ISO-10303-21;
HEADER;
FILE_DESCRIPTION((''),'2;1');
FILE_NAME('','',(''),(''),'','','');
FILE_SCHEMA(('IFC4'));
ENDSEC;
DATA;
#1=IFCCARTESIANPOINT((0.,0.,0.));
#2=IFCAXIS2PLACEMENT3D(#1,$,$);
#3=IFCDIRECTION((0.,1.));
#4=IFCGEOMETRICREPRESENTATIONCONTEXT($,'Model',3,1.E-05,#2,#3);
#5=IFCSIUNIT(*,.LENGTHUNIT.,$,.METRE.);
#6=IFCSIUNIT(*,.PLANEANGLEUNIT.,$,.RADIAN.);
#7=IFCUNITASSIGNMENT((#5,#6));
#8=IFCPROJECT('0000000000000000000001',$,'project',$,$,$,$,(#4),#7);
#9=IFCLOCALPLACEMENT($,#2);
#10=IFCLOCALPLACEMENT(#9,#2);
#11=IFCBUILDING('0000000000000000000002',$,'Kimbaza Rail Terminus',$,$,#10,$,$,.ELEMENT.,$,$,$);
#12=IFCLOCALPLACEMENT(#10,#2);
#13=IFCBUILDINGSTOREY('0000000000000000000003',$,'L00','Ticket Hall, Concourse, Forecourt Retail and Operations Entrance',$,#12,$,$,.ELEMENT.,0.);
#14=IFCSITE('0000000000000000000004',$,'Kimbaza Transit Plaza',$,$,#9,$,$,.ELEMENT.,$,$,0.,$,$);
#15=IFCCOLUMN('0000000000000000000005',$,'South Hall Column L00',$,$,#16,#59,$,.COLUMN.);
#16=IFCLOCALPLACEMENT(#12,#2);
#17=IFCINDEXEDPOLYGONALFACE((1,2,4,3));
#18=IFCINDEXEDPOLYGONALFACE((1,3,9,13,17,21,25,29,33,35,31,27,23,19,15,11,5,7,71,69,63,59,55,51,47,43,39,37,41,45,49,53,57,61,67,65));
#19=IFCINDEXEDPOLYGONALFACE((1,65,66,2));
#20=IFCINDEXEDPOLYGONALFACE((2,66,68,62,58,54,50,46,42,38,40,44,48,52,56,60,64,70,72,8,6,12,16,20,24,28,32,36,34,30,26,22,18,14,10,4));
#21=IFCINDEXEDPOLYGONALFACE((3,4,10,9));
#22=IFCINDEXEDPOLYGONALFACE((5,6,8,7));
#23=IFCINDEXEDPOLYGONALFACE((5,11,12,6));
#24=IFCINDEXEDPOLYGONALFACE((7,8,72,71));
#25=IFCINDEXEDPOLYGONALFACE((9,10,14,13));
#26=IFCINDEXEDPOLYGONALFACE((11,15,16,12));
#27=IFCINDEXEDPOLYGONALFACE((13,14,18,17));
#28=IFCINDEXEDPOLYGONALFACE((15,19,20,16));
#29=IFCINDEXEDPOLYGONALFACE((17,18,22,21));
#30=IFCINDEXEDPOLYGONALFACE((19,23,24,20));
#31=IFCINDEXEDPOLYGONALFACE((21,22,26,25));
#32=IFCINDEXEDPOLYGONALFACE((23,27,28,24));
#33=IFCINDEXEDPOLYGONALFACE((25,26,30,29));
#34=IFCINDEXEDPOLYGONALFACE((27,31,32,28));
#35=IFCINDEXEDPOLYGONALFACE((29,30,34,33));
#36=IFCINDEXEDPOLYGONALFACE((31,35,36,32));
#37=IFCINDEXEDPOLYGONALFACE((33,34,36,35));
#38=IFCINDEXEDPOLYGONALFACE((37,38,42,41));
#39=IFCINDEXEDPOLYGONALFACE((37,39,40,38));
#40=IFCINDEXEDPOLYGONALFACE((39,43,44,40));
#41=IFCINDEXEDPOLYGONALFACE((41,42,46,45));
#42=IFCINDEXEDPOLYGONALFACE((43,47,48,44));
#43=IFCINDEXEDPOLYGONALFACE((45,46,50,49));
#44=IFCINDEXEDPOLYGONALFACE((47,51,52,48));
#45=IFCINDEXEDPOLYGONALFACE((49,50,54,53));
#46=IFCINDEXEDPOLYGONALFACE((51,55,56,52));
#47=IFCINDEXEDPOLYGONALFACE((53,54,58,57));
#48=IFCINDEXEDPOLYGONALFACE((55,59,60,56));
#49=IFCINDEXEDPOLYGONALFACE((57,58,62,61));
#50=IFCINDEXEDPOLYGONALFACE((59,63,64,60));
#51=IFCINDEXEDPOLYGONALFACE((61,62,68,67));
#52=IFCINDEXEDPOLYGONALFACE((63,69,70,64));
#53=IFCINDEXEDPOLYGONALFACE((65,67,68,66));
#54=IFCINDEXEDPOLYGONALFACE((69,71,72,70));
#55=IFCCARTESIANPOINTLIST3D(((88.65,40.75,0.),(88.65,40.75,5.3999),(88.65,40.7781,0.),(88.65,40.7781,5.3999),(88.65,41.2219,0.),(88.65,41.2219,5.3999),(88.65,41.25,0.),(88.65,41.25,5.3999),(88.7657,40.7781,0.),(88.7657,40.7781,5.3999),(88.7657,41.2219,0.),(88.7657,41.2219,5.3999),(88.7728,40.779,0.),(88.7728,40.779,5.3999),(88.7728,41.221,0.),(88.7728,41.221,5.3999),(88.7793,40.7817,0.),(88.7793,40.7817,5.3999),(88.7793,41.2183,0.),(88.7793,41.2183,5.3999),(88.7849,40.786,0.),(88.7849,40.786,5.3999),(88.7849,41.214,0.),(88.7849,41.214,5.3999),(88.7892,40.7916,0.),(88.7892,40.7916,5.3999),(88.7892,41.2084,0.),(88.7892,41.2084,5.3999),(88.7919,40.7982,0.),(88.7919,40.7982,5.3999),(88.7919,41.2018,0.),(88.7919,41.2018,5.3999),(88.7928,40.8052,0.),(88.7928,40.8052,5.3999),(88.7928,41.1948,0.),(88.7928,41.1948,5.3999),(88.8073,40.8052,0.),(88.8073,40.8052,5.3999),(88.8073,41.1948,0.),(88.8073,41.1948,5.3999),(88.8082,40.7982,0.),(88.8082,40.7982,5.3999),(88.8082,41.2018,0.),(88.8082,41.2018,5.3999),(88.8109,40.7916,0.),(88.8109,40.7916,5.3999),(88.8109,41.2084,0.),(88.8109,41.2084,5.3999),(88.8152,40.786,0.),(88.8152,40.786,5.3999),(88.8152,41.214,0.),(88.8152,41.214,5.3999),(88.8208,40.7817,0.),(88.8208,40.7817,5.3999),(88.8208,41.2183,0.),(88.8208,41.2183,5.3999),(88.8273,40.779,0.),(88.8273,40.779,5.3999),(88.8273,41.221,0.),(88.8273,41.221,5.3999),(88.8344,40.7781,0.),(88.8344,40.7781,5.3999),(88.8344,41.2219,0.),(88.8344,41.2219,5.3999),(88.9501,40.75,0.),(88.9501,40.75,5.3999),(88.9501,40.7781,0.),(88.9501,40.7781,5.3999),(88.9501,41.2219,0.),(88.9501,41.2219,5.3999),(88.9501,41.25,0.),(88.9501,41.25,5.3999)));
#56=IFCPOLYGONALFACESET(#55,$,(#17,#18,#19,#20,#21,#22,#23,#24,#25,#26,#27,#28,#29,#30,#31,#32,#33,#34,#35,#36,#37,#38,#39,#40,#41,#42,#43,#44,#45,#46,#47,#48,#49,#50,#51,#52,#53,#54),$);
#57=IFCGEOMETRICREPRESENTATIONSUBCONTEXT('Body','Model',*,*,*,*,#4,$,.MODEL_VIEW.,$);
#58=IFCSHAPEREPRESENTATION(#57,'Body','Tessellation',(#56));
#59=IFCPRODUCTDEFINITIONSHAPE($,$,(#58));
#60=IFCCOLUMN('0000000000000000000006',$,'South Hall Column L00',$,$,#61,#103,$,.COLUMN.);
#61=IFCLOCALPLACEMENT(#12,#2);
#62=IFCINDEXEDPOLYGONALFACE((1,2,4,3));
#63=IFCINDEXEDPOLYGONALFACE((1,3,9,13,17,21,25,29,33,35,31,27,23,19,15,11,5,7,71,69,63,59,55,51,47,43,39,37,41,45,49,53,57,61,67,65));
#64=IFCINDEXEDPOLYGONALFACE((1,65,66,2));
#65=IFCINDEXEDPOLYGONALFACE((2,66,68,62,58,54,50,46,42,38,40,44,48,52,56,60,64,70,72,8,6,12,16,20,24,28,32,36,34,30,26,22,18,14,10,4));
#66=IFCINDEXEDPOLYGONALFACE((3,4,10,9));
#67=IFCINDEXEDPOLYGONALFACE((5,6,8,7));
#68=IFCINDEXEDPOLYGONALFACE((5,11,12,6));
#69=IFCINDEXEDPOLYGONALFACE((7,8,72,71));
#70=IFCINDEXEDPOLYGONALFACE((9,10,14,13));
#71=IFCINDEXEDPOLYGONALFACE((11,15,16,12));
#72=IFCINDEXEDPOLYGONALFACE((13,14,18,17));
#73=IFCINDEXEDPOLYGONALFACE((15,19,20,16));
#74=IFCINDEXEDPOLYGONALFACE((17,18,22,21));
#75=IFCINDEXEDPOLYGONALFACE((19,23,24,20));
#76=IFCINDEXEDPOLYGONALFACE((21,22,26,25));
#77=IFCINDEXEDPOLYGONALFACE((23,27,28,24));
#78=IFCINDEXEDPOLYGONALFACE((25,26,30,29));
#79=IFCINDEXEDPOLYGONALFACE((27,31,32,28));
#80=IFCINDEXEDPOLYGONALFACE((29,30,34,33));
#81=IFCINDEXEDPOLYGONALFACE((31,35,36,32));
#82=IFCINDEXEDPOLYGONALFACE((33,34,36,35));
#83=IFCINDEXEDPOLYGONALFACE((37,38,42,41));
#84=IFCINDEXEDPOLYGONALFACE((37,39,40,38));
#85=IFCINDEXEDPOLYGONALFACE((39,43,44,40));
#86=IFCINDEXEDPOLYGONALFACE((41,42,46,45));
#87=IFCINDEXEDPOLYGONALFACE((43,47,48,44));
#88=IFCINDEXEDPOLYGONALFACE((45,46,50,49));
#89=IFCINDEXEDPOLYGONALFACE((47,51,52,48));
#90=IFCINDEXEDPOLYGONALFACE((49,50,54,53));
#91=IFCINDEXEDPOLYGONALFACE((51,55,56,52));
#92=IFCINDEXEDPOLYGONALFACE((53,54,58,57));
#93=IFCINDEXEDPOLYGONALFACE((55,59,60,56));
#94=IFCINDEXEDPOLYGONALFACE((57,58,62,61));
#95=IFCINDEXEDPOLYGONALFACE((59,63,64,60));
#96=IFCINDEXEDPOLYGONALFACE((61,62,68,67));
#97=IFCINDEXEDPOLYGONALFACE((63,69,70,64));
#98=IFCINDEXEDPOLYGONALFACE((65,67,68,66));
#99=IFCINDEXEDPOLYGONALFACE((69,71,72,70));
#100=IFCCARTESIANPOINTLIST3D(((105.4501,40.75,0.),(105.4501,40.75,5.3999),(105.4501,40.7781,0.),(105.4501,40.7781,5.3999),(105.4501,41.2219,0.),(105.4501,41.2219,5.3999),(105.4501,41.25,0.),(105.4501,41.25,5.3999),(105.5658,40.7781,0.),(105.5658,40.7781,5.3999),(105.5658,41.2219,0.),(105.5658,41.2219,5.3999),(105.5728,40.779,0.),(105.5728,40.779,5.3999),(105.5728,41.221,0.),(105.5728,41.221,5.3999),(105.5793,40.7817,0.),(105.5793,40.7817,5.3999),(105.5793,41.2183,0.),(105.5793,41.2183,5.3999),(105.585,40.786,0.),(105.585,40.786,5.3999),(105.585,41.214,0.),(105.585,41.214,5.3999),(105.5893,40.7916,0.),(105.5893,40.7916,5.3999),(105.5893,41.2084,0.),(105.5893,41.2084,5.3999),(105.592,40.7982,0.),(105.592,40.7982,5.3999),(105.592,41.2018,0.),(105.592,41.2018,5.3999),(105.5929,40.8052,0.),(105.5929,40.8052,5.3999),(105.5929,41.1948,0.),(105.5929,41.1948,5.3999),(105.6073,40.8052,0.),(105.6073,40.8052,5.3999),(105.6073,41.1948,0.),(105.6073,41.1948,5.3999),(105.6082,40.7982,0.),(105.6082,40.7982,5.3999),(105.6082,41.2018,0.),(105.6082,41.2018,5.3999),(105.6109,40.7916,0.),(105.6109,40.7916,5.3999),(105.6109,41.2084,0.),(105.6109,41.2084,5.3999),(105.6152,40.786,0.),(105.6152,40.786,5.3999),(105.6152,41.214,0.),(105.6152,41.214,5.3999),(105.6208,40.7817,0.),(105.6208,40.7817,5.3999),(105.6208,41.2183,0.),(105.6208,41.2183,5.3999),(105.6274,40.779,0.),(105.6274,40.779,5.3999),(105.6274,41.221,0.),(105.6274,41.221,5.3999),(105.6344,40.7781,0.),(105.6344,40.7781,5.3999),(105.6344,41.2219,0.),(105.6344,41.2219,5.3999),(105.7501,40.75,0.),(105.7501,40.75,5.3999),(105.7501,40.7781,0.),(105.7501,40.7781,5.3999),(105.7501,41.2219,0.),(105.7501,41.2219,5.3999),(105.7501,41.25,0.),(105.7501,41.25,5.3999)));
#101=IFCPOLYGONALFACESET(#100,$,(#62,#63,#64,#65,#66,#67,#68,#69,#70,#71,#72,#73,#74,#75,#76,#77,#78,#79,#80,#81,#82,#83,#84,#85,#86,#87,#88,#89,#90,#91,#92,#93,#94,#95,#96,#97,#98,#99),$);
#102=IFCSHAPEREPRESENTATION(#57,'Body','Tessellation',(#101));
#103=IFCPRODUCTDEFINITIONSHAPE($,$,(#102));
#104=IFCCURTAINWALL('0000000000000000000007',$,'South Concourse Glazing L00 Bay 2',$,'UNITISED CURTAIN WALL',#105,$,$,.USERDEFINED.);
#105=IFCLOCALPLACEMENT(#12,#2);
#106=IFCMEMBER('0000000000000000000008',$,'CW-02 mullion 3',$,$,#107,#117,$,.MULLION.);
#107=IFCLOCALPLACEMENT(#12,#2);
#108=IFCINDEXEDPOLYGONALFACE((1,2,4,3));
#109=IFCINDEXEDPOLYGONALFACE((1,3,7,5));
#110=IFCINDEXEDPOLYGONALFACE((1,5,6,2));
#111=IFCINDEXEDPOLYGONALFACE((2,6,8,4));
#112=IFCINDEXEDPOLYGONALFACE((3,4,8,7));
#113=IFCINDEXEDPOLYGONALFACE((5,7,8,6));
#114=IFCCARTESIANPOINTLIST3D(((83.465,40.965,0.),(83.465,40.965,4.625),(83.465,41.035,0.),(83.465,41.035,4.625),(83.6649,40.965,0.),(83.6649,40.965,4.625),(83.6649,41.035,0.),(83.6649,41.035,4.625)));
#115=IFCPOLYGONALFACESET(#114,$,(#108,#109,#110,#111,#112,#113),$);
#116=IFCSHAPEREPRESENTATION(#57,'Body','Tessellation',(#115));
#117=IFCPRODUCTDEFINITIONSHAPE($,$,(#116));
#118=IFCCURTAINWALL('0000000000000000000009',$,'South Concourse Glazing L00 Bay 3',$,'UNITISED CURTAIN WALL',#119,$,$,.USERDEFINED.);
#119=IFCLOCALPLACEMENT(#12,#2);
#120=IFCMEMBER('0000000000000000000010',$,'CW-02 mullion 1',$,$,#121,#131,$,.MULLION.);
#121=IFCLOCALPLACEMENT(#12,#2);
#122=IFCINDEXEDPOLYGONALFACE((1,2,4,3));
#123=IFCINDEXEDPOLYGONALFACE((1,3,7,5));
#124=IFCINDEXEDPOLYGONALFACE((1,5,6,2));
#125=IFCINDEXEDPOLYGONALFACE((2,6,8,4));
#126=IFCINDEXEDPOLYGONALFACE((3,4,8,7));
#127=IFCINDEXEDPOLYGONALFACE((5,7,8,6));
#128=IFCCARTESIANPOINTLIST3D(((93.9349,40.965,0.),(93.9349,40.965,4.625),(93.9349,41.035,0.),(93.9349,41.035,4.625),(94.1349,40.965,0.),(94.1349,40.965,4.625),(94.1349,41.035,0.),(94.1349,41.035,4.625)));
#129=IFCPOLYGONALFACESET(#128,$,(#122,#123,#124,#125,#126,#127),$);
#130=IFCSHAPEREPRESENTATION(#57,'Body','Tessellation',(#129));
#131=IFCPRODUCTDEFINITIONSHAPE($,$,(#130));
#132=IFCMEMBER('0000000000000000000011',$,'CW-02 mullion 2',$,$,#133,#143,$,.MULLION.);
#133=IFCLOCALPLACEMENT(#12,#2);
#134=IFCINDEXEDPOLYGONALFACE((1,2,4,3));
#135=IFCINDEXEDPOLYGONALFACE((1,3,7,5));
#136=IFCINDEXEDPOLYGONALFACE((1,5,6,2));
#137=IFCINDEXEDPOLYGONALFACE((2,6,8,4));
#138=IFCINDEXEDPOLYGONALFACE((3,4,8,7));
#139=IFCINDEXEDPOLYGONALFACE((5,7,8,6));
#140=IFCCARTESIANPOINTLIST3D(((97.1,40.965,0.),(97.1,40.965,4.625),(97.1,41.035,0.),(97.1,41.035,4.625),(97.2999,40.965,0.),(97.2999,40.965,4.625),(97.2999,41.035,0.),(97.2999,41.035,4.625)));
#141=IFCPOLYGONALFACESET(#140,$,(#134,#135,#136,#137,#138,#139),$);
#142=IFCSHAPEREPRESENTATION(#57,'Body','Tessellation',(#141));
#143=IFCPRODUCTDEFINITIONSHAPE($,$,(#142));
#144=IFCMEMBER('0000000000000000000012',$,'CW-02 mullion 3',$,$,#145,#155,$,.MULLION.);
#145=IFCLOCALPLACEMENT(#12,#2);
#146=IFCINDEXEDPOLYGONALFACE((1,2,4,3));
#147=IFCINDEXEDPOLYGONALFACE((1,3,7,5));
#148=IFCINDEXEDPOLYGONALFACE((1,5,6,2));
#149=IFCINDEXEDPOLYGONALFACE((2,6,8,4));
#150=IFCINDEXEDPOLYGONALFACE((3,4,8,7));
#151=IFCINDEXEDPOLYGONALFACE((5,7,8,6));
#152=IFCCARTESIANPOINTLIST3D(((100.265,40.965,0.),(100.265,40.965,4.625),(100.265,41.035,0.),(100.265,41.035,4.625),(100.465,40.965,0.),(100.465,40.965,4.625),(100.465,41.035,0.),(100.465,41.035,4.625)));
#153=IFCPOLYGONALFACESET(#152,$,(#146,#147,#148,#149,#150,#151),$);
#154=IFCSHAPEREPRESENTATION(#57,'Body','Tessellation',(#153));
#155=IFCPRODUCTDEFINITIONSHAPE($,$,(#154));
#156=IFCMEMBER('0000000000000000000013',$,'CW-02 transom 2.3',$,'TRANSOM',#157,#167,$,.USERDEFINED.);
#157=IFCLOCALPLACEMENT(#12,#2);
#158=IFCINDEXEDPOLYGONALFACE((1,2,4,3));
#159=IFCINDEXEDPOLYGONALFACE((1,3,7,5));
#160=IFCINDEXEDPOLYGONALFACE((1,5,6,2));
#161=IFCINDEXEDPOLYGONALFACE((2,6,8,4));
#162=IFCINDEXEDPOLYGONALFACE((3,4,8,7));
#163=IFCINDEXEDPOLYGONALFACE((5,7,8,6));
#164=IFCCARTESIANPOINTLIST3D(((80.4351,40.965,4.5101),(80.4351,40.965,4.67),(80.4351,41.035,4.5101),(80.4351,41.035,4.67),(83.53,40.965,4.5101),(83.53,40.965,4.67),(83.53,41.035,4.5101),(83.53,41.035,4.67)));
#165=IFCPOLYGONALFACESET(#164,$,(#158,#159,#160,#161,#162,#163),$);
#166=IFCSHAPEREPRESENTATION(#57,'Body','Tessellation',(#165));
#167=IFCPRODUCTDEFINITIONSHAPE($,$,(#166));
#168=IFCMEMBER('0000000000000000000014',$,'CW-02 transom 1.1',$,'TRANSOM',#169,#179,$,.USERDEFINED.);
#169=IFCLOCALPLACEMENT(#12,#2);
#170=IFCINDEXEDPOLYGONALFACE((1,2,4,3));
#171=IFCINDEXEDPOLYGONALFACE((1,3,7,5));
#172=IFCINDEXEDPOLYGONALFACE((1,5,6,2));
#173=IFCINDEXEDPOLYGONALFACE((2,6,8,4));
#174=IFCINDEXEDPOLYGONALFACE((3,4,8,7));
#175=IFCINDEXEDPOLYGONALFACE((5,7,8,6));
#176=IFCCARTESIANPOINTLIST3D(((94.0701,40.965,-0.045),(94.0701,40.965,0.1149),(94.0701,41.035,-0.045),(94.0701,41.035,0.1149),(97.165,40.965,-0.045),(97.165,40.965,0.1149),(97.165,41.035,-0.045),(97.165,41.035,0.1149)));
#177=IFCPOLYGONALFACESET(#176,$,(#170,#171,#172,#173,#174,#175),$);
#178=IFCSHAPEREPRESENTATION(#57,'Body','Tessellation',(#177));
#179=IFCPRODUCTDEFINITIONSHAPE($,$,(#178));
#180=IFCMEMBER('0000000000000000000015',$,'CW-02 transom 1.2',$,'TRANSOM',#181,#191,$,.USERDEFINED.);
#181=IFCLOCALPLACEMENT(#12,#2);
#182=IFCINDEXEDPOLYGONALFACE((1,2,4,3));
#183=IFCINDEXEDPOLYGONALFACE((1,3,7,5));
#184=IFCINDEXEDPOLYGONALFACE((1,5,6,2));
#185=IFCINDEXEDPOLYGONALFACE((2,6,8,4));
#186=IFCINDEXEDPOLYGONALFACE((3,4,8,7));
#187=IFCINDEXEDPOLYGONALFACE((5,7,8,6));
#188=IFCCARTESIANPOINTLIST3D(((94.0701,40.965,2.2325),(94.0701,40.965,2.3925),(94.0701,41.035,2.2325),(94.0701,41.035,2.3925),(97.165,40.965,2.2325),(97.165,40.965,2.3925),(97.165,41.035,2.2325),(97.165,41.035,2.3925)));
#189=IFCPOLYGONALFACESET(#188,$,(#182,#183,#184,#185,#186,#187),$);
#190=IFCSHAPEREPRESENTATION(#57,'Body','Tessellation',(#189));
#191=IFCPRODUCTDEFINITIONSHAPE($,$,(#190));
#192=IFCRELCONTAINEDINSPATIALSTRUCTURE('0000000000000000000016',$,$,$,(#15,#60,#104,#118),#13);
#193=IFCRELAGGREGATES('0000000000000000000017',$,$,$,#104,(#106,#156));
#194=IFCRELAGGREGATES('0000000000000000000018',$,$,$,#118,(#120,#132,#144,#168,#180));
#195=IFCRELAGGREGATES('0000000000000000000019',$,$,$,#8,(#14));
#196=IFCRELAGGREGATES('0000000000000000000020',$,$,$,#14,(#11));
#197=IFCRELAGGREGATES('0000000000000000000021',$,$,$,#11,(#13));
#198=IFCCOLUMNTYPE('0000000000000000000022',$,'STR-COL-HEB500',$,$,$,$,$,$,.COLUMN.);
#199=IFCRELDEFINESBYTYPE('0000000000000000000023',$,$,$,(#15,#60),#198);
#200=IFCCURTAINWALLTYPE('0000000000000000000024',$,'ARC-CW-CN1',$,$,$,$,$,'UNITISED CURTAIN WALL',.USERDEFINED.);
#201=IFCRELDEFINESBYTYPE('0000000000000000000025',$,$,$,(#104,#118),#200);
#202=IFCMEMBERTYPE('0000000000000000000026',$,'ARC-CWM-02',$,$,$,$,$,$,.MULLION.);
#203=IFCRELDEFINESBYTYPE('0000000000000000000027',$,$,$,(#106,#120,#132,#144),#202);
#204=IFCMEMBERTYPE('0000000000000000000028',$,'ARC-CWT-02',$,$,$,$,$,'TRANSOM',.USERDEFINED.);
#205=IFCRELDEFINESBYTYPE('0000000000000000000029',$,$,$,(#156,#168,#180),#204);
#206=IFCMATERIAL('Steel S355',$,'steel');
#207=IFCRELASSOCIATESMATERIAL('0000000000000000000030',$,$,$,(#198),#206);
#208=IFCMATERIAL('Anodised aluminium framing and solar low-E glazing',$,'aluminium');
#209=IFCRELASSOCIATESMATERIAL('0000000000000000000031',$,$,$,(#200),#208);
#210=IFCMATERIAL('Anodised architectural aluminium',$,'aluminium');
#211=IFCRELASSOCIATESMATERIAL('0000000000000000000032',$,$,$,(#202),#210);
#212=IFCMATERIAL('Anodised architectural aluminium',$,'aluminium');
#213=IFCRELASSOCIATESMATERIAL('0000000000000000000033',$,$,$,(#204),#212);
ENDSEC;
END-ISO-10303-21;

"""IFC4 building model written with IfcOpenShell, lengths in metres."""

from ifc_helpers import new_model, si_unit, direction, frame, origin, origin_2d, place, context, subcontext, project, spatial, rectangle, i_section, extrude, material, material_profile, profile_set, type_object, element, aggregate, save


model = new_model("IFC4")

# Units and contexts
model_context = context("Model", 3, precision=1e-05, world=origin(), true_north=direction((0.0, 1.0)))
body_context = subcontext(model_context, "Body", "Model", "MODEL_VIEW")
ifc_project = project(units=[si_unit("LENGTHUNIT", "METRE"), si_unit("PLANEANGLEUNIT", "RADIAN")], contexts=[model_context])

# Site, building, storey
site_placement = place(None, origin())
site = spatial("IfcSite", under=ifc_project, at=site_placement, Name="Kimbaza Transit Plaza", CompositionType="ELEMENT", RefElevation=0.0)
building_placement = place(site_placement, origin())
building = spatial("IfcBuilding", under=site, at=building_placement, Name="Kimbaza Rail Terminus", CompositionType="ELEMENT")
storey_placement = place(building_placement, origin())
storey = spatial("IfcBuildingStorey", under=building, at=storey_placement, Name="L00", Description="Ticket Hall, Concourse, Forecourt Retail and Operations Entrance", CompositionType="ELEMENT", Elevation=0.0)

# Columns
ifc_material_1 = material(Name="Steel S355", Category="steel")
ifc_material_profile_1 = material_profile(ifc_material_1, i_section(OverallWidth=0.3, OverallDepth=0.5, WebThickness=0.0144, FlangeThickness=0.0281, FilletRadius=0.0271, at=origin_2d()), Name="HEB 500")
ifc_profile_set_1 = profile_set([ifc_material_profile_1], Name="Steel S355")
column_type = type_object("IfcColumnType", Name="STR-COL-HEB500", PredefinedType="COLUMN", material=ifc_profile_set_1)
for number, where, z_axis, x_axis, name in (
    (1, (88.8, 41.0, 0.0), (0.0, 0.0, 1.0), (1.0, 0.0, 0.0), "South Hall Column L00"),
    (2, (105.6001, 41.0, 0.0), (0.0, 0.0, 1.0), (1.0, 0.0, 0.0), "South Hall Column L00"),
):
    element("IfcColumn", number, at=place(storey_placement, frame(where, z_axis=z_axis, x_axis=x_axis)), inside=storey, type_object=column_type, Name=name, PredefinedType="COLUMN", context=body_context, shape_type="SweptSolid", body=[
        extrude(i_section(OverallWidth=0.3, OverallDepth=0.5, WebThickness=0.0144, FlangeThickness=0.0281, FilletRadius=0.0271, at=origin_2d()), origin(), (0.0, 0.0, 1.0), 5.3999),
    ])

# Curtain wall, member
ifc_material_2 = material(Name="Anodised aluminium framing and solar low-E glazing", Category="aluminium")
curtain_wall_type = type_object("IfcCurtainWallType", Name="ARC-CW-CN1", ElementType="UNITISED CURTAIN WALL", PredefinedType="USERDEFINED", material=ifc_material_2)
curtain_wall_1_placement = place(storey_placement, origin())
curtain_wall_1 = element("IfcCurtainWall", 3, at=curtain_wall_1_placement, inside=storey, type_object=curtain_wall_type, Name="South Concourse Glazing L00 Bay 2", ObjectType="UNITISED CURTAIN WALL", PredefinedType="USERDEFINED")
ifc_material_3 = material(Name="Anodised architectural aluminium", Category="aluminium")
ifc_material_profile_2 = material_profile(ifc_material_3, rectangle(XDim=0.0701, YDim=0.2, at=origin_2d()), Name="MULLION 70x200")
ifc_profile_set_2 = profile_set([ifc_material_profile_2], Name="Anodised architectural aluminium")
member_type_1 = type_object("IfcMemberType", Name="ARC-CWM-02", PredefinedType="MULLION", material=ifc_profile_set_2)
member_1_placement = place(storey_placement, frame((83.5649, 41.0, 0.0), z_axis=(0.0, 0.0, 1.0), x_axis=(0.0, 1.0, 0.0)))
member_1 = element("IfcMember", 4, at=member_1_placement, type_object=member_type_1, Name="CW-02 mullion 3", PredefinedType="MULLION", context=body_context, shape_type="SweptSolid", body=[
    extrude(rectangle(XDim=0.0701, YDim=0.2, at=origin_2d()), origin(), (0.0, 0.0, 1.0), 4.625),
])

# Curtain wall, members
curtain_wall_2_placement = place(storey_placement, origin())
curtain_wall_2 = element("IfcCurtainWall", 5, at=curtain_wall_2_placement, inside=storey, type_object=curtain_wall_type, Name="South Concourse Glazing L00 Bay 3", ObjectType="UNITISED CURTAIN WALL", PredefinedType="USERDEFINED")
member_2_placement = place(storey_placement, frame((94.0349, 41.0, 0.0), z_axis=(0.0, 0.0, 1.0), x_axis=(0.0, 1.0, 0.0)))
member_2 = element("IfcMember", 6, at=member_2_placement, type_object=member_type_1, Name="CW-02 mullion 1", PredefinedType="MULLION", context=body_context, shape_type="SweptSolid", body=[
    extrude(rectangle(XDim=0.0701, YDim=0.2, at=origin_2d()), origin(), (0.0, 0.0, 1.0), 4.625),
])
member_3_placement = place(storey_placement, frame((97.2, 41.0, 0.0), z_axis=(0.0, 0.0, 1.0), x_axis=(0.0, 1.0, 0.0)))
member_3 = element("IfcMember", 7, at=member_3_placement, type_object=member_type_1, Name="CW-02 mullion 2", PredefinedType="MULLION", context=body_context, shape_type="SweptSolid", body=[
    extrude(rectangle(XDim=0.0701, YDim=0.2, at=origin_2d()), origin(), (0.0, 0.0, 1.0), 4.625),
])
member_4_placement = place(storey_placement, frame((100.365, 41.0, 0.0), z_axis=(0.0, 0.0, 1.0), x_axis=(0.0, 1.0, 0.0)))
member_4 = element("IfcMember", 8, at=member_4_placement, type_object=member_type_1, Name="CW-02 mullion 3", PredefinedType="MULLION", context=body_context, shape_type="SweptSolid", body=[
    extrude(rectangle(XDim=0.0701, YDim=0.2, at=origin_2d()), origin(), (0.0, 0.0, 1.0), 4.625),
])

# Members
ifc_material_4 = material(Name="Anodised architectural aluminium", Category="aluminium")
ifc_material_profile_3 = material_profile(ifc_material_4, rectangle(XDim=0.0701, YDim=0.1599, at=origin_2d()), Name="TRANSOM 70x160")
ifc_profile_set_3 = profile_set([ifc_material_profile_3], Name="Anodised architectural aluminium")
member_type_2 = type_object("IfcMemberType", Name="ARC-CWT-02", ElementType="TRANSOM", PredefinedType="USERDEFINED", material=ifc_profile_set_3)
member_5_placement = place(storey_placement, frame((80.4351, 41.0, 4.5901), z_axis=(1.0, 0.0, 0.0), x_axis=(0.0, 1.0, 0.0)))
member_5 = element("IfcMember", 9, at=member_5_placement, type_object=member_type_2, Name="CW-02 transom 2.3", ObjectType="TRANSOM", PredefinedType="USERDEFINED", context=body_context, shape_type="SweptSolid", body=[
    extrude(rectangle(XDim=0.0701, YDim=0.1599, at=origin_2d()), origin(), (0.0, 0.0, 1.0), 3.095),
])
member_6_placement = place(storey_placement, frame((94.0701, 41.0, 0.0349), z_axis=(1.0, 0.0, 0.0), x_axis=(0.0, 1.0, 0.0)))
member_6 = element("IfcMember", 10, at=member_6_placement, type_object=member_type_2, Name="CW-02 transom 1.1", ObjectType="TRANSOM", PredefinedType="USERDEFINED", context=body_context, shape_type="SweptSolid", body=[
    extrude(rectangle(XDim=0.0701, YDim=0.1599, at=origin_2d()), origin(), (0.0, 0.0, 1.0), 3.095),
])
member_7_placement = place(storey_placement, frame((94.0701, 41.0, 2.3125), z_axis=(1.0, 0.0, 0.0), x_axis=(0.0, 1.0, 0.0)))
member_7 = element("IfcMember", 11, at=member_7_placement, type_object=member_type_2, Name="CW-02 transom 1.2", ObjectType="TRANSOM", PredefinedType="USERDEFINED", context=body_context, shape_type="SweptSolid", body=[
    extrude(rectangle(XDim=0.0701, YDim=0.1599, at=origin_2d()), origin(), (0.0, 0.0, 1.0), 3.095),
])

aggregate(curtain_wall_1, [member_1, member_5])
aggregate(curtain_wall_2, [member_2, member_3, member_4, member_6, member_7])

save(model, "model.ifc")
